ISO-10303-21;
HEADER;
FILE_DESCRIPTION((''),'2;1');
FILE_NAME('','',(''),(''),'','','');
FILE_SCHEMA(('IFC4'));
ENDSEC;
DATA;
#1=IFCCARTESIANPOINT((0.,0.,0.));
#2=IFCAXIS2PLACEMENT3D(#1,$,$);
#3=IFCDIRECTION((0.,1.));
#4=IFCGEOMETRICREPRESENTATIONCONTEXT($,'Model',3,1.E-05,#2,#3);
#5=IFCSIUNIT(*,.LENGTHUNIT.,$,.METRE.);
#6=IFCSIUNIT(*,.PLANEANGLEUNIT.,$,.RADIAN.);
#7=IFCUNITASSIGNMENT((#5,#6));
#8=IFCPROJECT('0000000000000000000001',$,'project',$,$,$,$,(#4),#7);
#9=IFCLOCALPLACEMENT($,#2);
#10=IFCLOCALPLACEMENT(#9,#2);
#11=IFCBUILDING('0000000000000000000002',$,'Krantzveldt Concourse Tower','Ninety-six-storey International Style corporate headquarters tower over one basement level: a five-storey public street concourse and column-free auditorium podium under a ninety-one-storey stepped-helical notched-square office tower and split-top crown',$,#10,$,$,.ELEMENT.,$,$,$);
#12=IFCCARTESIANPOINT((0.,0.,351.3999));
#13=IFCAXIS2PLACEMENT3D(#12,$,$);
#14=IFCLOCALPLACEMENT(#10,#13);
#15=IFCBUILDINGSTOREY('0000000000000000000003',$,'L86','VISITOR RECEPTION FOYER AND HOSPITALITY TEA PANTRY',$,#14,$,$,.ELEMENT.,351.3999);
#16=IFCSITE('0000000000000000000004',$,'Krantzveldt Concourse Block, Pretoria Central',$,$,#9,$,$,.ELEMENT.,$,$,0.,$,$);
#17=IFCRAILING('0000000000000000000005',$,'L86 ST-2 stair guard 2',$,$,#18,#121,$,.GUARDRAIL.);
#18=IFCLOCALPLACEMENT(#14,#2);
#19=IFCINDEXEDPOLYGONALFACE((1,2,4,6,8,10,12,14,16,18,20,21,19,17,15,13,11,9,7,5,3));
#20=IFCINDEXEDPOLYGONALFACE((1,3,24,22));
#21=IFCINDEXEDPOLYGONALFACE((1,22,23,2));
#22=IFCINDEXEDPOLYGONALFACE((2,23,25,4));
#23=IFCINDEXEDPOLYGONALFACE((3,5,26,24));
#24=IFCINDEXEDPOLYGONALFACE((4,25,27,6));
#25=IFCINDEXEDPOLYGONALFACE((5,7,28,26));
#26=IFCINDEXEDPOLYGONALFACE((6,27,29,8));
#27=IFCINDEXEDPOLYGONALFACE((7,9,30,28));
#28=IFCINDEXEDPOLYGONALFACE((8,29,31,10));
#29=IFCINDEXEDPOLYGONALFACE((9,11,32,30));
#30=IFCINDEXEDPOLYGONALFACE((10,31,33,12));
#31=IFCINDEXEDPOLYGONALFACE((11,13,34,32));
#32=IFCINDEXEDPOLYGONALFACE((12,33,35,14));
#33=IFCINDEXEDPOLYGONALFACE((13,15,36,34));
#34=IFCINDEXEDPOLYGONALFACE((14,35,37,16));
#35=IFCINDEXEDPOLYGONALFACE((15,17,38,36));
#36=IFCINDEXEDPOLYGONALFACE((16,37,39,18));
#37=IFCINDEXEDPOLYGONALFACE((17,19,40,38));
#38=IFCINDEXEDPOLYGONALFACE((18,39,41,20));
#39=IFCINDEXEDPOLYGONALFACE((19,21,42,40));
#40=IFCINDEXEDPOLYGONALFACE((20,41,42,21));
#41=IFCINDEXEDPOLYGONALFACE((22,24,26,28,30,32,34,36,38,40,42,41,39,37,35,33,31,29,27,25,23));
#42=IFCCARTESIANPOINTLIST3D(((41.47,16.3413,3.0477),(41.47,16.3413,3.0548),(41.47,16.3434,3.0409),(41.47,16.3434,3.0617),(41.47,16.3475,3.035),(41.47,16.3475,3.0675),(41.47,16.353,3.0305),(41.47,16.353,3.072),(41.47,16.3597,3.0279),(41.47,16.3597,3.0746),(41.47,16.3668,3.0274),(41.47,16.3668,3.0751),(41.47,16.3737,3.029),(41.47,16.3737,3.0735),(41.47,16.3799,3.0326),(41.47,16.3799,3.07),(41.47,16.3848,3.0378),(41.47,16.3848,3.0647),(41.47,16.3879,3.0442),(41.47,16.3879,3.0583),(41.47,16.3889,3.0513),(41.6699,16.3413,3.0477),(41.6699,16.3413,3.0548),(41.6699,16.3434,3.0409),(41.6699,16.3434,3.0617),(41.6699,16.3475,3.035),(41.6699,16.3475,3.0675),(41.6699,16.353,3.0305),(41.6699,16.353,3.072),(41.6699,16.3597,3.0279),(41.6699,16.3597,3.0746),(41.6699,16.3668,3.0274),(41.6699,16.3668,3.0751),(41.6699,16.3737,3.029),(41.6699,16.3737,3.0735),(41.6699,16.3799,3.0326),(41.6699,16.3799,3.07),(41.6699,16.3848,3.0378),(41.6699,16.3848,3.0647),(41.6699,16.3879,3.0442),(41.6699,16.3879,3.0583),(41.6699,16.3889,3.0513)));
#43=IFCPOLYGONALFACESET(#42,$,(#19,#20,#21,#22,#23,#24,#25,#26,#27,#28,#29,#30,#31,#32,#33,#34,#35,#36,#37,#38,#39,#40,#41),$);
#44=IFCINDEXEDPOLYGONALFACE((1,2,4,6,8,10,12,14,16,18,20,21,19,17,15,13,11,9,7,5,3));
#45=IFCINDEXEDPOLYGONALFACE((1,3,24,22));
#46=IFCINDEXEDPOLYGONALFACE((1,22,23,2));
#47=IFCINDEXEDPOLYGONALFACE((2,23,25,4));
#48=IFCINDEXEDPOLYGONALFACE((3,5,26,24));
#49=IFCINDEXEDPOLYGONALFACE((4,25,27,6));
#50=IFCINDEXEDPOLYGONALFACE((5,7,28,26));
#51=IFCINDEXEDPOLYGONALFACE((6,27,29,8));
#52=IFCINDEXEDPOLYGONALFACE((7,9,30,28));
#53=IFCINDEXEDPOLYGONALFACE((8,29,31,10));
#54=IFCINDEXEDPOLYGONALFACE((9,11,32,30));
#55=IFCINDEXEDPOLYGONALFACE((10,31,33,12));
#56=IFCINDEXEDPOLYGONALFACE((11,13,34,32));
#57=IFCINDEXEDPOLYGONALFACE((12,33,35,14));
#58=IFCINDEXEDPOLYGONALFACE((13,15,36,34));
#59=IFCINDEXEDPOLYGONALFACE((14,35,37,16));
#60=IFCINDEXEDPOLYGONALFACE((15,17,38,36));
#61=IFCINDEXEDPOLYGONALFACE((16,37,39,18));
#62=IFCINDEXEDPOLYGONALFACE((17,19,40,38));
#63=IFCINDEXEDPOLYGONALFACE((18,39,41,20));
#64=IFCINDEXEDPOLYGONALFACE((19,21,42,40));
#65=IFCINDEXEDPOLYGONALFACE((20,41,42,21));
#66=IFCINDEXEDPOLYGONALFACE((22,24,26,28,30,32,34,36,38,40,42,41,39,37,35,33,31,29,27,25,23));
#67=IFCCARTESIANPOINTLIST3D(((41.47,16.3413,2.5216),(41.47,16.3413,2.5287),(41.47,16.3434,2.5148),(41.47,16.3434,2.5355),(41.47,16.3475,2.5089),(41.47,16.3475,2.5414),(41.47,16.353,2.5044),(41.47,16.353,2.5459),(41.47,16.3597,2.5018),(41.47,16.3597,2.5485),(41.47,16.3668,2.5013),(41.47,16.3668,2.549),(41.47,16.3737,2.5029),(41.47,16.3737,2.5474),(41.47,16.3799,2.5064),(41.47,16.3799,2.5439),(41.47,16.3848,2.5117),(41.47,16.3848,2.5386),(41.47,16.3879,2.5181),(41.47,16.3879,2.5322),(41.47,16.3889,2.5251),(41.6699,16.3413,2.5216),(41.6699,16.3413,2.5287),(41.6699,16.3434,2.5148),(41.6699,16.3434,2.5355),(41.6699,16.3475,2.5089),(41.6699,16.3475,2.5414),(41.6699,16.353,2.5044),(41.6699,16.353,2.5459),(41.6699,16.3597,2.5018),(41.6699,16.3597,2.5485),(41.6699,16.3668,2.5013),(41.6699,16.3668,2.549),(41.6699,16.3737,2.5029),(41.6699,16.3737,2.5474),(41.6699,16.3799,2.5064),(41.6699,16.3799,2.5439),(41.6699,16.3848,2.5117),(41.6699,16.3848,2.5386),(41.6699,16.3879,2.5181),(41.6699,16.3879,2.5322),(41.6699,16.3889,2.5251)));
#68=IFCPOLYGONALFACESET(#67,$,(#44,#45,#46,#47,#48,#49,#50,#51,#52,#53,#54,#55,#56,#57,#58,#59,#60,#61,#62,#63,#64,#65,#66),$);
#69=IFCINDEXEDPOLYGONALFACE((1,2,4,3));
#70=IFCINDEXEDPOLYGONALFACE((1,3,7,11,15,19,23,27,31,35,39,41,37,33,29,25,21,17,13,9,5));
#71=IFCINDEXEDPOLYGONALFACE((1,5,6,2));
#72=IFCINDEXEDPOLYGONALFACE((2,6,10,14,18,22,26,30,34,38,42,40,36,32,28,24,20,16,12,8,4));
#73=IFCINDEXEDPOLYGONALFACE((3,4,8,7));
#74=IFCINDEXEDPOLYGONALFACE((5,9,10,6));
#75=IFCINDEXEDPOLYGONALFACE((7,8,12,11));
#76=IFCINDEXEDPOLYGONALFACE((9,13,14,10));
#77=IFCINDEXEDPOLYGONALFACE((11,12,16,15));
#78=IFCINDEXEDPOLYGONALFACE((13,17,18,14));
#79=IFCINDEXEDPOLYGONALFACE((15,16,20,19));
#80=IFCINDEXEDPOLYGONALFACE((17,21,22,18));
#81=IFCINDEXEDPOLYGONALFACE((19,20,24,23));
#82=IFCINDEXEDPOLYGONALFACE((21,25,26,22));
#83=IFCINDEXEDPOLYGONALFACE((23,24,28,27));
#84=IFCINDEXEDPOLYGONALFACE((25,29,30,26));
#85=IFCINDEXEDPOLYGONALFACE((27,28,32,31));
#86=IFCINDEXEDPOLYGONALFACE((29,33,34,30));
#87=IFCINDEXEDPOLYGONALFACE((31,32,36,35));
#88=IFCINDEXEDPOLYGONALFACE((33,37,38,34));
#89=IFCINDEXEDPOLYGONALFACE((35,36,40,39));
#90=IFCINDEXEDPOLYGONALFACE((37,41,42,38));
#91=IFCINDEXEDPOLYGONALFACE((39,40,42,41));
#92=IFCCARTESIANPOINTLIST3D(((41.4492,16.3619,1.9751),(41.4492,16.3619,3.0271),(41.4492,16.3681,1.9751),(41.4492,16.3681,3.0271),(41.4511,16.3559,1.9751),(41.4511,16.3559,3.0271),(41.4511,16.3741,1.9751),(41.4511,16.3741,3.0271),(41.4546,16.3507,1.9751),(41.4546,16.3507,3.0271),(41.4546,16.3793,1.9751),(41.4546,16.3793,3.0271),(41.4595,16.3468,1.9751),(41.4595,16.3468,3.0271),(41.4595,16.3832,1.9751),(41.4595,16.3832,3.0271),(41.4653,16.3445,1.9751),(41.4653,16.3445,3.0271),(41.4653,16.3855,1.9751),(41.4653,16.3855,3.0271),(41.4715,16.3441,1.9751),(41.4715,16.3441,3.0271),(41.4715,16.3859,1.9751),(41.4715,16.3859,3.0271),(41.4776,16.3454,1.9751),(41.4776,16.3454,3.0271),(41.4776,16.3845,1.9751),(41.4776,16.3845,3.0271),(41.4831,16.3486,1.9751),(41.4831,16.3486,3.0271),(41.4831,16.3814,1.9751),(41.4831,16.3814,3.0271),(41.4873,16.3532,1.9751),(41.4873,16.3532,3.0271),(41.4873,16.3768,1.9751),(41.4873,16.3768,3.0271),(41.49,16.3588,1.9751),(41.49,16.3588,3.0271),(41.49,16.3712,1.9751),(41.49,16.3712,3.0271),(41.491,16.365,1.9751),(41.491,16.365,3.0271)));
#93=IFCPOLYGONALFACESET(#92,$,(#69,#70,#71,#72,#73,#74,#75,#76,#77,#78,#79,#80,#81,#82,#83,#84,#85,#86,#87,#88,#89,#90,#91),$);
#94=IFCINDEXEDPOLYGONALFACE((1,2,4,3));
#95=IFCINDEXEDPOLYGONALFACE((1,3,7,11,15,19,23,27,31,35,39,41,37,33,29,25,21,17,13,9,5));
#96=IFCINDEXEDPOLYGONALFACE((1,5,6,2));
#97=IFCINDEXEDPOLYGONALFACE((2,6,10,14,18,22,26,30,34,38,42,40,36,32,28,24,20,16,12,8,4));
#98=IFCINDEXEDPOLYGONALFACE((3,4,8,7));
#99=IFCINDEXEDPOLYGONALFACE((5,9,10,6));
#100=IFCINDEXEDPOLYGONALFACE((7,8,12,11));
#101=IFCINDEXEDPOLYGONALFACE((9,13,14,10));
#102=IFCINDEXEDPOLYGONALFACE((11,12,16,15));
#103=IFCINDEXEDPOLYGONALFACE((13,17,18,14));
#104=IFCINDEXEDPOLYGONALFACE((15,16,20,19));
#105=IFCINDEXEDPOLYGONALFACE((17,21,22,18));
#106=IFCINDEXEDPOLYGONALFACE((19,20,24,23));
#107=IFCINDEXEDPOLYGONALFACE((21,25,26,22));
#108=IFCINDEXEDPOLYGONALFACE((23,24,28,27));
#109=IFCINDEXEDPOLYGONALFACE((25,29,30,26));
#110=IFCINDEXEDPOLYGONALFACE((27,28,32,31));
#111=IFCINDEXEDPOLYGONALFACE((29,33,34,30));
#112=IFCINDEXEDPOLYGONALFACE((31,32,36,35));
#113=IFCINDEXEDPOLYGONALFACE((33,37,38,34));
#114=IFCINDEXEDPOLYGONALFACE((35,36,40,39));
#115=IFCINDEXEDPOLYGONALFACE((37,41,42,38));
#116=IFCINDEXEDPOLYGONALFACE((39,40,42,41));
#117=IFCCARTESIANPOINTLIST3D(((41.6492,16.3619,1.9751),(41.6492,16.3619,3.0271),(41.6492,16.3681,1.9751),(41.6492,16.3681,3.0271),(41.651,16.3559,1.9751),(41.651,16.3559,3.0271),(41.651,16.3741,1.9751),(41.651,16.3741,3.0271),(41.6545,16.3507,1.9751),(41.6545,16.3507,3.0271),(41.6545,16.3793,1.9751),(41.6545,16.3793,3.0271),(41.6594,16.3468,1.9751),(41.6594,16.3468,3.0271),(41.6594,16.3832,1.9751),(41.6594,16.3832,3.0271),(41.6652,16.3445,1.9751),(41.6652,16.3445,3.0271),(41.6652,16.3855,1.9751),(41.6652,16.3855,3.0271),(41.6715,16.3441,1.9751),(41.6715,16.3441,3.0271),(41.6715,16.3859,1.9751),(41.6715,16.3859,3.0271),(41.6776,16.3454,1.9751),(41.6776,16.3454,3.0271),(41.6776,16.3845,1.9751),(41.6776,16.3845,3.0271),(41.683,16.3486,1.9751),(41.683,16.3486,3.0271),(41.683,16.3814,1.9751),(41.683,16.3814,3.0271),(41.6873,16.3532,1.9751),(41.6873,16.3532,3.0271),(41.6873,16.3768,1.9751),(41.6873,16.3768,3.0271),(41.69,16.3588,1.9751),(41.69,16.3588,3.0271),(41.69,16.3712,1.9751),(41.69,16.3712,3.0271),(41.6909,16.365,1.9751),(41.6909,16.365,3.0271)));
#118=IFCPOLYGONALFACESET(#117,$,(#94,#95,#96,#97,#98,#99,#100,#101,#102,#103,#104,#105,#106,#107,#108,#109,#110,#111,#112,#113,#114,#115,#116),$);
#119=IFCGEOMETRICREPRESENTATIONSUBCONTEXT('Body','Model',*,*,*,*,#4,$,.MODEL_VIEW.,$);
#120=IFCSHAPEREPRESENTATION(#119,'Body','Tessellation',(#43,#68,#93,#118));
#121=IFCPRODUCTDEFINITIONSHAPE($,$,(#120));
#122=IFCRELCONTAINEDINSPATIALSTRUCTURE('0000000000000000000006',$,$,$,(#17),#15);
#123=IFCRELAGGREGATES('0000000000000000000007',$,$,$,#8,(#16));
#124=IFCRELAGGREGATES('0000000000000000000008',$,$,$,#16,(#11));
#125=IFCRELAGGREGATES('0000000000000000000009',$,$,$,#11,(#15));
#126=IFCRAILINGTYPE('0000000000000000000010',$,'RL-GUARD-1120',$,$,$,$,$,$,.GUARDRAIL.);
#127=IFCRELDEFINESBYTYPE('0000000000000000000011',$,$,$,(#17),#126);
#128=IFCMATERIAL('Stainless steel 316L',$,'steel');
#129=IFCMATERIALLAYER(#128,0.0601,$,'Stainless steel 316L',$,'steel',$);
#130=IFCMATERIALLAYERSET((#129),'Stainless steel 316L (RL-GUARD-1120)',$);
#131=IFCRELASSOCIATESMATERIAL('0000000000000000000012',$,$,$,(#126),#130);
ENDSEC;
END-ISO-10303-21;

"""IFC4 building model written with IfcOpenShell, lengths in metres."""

from ifc_helpers import new_model, si_unit, direction, frame, origin, origin_2d, place, context, subcontext, project, spatial, circle, extrude, material, layer, layer_set, type_object, element, save


model = new_model("IFC4")

# Units and contexts
model_context = context("Model", 3, precision=1e-05, world=origin(), true_north=direction((0.0, 1.0)))
body_context = subcontext(model_context, "Body", "Model", "MODEL_VIEW")
ifc_project = project(units=[si_unit("LENGTHUNIT", "METRE"), si_unit("PLANEANGLEUNIT", "RADIAN")], contexts=[model_context])

# Site, building, storey
site_placement = place(None, origin())
site = spatial("IfcSite", under=ifc_project, at=site_placement, Name="Krantzveldt Concourse Block, Pretoria Central", CompositionType="ELEMENT", RefElevation=0.0)
building_placement = place(site_placement, origin())
building = spatial("IfcBuilding", under=site, at=building_placement, Name="Krantzveldt Concourse Tower", Description="Ninety-six-storey International Style corporate headquarters tower over one basement level: a five-storey public street concourse and column-free auditorium podium under a ninety-one-storey stepped-helical notched-square office tower and split-top crown", CompositionType="ELEMENT")
storey_placement = place(building_placement, frame((0.0, 0.0, 351.3999)))
storey = spatial("IfcBuildingStorey", under=building, at=storey_placement, Name="L86", Description="VISITOR RECEPTION FOYER AND HOSPITALITY TEA PANTRY", CompositionType="ELEMENT", Elevation=351.3999)

# Shared definitions
ifc_material_1 = material(Name="Stainless steel 316L", Category="steel")

# Railing
ifc_layer_1 = layer(ifc_material_1, 0.0601, Name="Stainless steel 316L", Category="steel")
ifc_layer_set_1 = layer_set([ifc_layer_1], Name="Stainless steel 316L (RL-GUARD-1120)")
railing_type_1 = type_object("IfcRailingType", Name="RL-GUARD-1120", PredefinedType="GUARDRAIL", material=ifc_layer_set_1)
railing_1_placement = place(storey_placement, frame((41.47, 16.365, 1.9751)))
element("IfcRailing", 1, at=railing_1_placement, inside=storey, type_object=railing_type_1, Name="L86 ST-2 stair guard 2", PredefinedType="GUARDRAIL", context=body_context, shape_type="SweptSolid", body=[
    extrude(circle(Radius=0.0239, at=origin_2d()), frame((0.0, 0.0, 1.0762), z_axis=(1.0, 0.0, 0.0), x_axis=(0.0, 1.0, 0.0)), (0.0, 0.0, 1.0), 0.2),
    extrude(circle(Radius=0.0239, at=origin_2d()), frame((0.0, 0.0, 0.55), z_axis=(1.0, 0.0, 0.0), x_axis=(0.0, 1.0, 0.0)), (0.0, 0.0, 1.0), 0.2),
    extrude(circle(Radius=0.021, at=origin_2d()), origin(), (0.0, 0.0, 1.0), 1.052),
    extrude(circle(Radius=0.021, at=origin_2d()), frame((0.2, 0.0, 0.0)), (0.0, 0.0, 1.0), 1.052),
])

save(model, "model.ifc")
